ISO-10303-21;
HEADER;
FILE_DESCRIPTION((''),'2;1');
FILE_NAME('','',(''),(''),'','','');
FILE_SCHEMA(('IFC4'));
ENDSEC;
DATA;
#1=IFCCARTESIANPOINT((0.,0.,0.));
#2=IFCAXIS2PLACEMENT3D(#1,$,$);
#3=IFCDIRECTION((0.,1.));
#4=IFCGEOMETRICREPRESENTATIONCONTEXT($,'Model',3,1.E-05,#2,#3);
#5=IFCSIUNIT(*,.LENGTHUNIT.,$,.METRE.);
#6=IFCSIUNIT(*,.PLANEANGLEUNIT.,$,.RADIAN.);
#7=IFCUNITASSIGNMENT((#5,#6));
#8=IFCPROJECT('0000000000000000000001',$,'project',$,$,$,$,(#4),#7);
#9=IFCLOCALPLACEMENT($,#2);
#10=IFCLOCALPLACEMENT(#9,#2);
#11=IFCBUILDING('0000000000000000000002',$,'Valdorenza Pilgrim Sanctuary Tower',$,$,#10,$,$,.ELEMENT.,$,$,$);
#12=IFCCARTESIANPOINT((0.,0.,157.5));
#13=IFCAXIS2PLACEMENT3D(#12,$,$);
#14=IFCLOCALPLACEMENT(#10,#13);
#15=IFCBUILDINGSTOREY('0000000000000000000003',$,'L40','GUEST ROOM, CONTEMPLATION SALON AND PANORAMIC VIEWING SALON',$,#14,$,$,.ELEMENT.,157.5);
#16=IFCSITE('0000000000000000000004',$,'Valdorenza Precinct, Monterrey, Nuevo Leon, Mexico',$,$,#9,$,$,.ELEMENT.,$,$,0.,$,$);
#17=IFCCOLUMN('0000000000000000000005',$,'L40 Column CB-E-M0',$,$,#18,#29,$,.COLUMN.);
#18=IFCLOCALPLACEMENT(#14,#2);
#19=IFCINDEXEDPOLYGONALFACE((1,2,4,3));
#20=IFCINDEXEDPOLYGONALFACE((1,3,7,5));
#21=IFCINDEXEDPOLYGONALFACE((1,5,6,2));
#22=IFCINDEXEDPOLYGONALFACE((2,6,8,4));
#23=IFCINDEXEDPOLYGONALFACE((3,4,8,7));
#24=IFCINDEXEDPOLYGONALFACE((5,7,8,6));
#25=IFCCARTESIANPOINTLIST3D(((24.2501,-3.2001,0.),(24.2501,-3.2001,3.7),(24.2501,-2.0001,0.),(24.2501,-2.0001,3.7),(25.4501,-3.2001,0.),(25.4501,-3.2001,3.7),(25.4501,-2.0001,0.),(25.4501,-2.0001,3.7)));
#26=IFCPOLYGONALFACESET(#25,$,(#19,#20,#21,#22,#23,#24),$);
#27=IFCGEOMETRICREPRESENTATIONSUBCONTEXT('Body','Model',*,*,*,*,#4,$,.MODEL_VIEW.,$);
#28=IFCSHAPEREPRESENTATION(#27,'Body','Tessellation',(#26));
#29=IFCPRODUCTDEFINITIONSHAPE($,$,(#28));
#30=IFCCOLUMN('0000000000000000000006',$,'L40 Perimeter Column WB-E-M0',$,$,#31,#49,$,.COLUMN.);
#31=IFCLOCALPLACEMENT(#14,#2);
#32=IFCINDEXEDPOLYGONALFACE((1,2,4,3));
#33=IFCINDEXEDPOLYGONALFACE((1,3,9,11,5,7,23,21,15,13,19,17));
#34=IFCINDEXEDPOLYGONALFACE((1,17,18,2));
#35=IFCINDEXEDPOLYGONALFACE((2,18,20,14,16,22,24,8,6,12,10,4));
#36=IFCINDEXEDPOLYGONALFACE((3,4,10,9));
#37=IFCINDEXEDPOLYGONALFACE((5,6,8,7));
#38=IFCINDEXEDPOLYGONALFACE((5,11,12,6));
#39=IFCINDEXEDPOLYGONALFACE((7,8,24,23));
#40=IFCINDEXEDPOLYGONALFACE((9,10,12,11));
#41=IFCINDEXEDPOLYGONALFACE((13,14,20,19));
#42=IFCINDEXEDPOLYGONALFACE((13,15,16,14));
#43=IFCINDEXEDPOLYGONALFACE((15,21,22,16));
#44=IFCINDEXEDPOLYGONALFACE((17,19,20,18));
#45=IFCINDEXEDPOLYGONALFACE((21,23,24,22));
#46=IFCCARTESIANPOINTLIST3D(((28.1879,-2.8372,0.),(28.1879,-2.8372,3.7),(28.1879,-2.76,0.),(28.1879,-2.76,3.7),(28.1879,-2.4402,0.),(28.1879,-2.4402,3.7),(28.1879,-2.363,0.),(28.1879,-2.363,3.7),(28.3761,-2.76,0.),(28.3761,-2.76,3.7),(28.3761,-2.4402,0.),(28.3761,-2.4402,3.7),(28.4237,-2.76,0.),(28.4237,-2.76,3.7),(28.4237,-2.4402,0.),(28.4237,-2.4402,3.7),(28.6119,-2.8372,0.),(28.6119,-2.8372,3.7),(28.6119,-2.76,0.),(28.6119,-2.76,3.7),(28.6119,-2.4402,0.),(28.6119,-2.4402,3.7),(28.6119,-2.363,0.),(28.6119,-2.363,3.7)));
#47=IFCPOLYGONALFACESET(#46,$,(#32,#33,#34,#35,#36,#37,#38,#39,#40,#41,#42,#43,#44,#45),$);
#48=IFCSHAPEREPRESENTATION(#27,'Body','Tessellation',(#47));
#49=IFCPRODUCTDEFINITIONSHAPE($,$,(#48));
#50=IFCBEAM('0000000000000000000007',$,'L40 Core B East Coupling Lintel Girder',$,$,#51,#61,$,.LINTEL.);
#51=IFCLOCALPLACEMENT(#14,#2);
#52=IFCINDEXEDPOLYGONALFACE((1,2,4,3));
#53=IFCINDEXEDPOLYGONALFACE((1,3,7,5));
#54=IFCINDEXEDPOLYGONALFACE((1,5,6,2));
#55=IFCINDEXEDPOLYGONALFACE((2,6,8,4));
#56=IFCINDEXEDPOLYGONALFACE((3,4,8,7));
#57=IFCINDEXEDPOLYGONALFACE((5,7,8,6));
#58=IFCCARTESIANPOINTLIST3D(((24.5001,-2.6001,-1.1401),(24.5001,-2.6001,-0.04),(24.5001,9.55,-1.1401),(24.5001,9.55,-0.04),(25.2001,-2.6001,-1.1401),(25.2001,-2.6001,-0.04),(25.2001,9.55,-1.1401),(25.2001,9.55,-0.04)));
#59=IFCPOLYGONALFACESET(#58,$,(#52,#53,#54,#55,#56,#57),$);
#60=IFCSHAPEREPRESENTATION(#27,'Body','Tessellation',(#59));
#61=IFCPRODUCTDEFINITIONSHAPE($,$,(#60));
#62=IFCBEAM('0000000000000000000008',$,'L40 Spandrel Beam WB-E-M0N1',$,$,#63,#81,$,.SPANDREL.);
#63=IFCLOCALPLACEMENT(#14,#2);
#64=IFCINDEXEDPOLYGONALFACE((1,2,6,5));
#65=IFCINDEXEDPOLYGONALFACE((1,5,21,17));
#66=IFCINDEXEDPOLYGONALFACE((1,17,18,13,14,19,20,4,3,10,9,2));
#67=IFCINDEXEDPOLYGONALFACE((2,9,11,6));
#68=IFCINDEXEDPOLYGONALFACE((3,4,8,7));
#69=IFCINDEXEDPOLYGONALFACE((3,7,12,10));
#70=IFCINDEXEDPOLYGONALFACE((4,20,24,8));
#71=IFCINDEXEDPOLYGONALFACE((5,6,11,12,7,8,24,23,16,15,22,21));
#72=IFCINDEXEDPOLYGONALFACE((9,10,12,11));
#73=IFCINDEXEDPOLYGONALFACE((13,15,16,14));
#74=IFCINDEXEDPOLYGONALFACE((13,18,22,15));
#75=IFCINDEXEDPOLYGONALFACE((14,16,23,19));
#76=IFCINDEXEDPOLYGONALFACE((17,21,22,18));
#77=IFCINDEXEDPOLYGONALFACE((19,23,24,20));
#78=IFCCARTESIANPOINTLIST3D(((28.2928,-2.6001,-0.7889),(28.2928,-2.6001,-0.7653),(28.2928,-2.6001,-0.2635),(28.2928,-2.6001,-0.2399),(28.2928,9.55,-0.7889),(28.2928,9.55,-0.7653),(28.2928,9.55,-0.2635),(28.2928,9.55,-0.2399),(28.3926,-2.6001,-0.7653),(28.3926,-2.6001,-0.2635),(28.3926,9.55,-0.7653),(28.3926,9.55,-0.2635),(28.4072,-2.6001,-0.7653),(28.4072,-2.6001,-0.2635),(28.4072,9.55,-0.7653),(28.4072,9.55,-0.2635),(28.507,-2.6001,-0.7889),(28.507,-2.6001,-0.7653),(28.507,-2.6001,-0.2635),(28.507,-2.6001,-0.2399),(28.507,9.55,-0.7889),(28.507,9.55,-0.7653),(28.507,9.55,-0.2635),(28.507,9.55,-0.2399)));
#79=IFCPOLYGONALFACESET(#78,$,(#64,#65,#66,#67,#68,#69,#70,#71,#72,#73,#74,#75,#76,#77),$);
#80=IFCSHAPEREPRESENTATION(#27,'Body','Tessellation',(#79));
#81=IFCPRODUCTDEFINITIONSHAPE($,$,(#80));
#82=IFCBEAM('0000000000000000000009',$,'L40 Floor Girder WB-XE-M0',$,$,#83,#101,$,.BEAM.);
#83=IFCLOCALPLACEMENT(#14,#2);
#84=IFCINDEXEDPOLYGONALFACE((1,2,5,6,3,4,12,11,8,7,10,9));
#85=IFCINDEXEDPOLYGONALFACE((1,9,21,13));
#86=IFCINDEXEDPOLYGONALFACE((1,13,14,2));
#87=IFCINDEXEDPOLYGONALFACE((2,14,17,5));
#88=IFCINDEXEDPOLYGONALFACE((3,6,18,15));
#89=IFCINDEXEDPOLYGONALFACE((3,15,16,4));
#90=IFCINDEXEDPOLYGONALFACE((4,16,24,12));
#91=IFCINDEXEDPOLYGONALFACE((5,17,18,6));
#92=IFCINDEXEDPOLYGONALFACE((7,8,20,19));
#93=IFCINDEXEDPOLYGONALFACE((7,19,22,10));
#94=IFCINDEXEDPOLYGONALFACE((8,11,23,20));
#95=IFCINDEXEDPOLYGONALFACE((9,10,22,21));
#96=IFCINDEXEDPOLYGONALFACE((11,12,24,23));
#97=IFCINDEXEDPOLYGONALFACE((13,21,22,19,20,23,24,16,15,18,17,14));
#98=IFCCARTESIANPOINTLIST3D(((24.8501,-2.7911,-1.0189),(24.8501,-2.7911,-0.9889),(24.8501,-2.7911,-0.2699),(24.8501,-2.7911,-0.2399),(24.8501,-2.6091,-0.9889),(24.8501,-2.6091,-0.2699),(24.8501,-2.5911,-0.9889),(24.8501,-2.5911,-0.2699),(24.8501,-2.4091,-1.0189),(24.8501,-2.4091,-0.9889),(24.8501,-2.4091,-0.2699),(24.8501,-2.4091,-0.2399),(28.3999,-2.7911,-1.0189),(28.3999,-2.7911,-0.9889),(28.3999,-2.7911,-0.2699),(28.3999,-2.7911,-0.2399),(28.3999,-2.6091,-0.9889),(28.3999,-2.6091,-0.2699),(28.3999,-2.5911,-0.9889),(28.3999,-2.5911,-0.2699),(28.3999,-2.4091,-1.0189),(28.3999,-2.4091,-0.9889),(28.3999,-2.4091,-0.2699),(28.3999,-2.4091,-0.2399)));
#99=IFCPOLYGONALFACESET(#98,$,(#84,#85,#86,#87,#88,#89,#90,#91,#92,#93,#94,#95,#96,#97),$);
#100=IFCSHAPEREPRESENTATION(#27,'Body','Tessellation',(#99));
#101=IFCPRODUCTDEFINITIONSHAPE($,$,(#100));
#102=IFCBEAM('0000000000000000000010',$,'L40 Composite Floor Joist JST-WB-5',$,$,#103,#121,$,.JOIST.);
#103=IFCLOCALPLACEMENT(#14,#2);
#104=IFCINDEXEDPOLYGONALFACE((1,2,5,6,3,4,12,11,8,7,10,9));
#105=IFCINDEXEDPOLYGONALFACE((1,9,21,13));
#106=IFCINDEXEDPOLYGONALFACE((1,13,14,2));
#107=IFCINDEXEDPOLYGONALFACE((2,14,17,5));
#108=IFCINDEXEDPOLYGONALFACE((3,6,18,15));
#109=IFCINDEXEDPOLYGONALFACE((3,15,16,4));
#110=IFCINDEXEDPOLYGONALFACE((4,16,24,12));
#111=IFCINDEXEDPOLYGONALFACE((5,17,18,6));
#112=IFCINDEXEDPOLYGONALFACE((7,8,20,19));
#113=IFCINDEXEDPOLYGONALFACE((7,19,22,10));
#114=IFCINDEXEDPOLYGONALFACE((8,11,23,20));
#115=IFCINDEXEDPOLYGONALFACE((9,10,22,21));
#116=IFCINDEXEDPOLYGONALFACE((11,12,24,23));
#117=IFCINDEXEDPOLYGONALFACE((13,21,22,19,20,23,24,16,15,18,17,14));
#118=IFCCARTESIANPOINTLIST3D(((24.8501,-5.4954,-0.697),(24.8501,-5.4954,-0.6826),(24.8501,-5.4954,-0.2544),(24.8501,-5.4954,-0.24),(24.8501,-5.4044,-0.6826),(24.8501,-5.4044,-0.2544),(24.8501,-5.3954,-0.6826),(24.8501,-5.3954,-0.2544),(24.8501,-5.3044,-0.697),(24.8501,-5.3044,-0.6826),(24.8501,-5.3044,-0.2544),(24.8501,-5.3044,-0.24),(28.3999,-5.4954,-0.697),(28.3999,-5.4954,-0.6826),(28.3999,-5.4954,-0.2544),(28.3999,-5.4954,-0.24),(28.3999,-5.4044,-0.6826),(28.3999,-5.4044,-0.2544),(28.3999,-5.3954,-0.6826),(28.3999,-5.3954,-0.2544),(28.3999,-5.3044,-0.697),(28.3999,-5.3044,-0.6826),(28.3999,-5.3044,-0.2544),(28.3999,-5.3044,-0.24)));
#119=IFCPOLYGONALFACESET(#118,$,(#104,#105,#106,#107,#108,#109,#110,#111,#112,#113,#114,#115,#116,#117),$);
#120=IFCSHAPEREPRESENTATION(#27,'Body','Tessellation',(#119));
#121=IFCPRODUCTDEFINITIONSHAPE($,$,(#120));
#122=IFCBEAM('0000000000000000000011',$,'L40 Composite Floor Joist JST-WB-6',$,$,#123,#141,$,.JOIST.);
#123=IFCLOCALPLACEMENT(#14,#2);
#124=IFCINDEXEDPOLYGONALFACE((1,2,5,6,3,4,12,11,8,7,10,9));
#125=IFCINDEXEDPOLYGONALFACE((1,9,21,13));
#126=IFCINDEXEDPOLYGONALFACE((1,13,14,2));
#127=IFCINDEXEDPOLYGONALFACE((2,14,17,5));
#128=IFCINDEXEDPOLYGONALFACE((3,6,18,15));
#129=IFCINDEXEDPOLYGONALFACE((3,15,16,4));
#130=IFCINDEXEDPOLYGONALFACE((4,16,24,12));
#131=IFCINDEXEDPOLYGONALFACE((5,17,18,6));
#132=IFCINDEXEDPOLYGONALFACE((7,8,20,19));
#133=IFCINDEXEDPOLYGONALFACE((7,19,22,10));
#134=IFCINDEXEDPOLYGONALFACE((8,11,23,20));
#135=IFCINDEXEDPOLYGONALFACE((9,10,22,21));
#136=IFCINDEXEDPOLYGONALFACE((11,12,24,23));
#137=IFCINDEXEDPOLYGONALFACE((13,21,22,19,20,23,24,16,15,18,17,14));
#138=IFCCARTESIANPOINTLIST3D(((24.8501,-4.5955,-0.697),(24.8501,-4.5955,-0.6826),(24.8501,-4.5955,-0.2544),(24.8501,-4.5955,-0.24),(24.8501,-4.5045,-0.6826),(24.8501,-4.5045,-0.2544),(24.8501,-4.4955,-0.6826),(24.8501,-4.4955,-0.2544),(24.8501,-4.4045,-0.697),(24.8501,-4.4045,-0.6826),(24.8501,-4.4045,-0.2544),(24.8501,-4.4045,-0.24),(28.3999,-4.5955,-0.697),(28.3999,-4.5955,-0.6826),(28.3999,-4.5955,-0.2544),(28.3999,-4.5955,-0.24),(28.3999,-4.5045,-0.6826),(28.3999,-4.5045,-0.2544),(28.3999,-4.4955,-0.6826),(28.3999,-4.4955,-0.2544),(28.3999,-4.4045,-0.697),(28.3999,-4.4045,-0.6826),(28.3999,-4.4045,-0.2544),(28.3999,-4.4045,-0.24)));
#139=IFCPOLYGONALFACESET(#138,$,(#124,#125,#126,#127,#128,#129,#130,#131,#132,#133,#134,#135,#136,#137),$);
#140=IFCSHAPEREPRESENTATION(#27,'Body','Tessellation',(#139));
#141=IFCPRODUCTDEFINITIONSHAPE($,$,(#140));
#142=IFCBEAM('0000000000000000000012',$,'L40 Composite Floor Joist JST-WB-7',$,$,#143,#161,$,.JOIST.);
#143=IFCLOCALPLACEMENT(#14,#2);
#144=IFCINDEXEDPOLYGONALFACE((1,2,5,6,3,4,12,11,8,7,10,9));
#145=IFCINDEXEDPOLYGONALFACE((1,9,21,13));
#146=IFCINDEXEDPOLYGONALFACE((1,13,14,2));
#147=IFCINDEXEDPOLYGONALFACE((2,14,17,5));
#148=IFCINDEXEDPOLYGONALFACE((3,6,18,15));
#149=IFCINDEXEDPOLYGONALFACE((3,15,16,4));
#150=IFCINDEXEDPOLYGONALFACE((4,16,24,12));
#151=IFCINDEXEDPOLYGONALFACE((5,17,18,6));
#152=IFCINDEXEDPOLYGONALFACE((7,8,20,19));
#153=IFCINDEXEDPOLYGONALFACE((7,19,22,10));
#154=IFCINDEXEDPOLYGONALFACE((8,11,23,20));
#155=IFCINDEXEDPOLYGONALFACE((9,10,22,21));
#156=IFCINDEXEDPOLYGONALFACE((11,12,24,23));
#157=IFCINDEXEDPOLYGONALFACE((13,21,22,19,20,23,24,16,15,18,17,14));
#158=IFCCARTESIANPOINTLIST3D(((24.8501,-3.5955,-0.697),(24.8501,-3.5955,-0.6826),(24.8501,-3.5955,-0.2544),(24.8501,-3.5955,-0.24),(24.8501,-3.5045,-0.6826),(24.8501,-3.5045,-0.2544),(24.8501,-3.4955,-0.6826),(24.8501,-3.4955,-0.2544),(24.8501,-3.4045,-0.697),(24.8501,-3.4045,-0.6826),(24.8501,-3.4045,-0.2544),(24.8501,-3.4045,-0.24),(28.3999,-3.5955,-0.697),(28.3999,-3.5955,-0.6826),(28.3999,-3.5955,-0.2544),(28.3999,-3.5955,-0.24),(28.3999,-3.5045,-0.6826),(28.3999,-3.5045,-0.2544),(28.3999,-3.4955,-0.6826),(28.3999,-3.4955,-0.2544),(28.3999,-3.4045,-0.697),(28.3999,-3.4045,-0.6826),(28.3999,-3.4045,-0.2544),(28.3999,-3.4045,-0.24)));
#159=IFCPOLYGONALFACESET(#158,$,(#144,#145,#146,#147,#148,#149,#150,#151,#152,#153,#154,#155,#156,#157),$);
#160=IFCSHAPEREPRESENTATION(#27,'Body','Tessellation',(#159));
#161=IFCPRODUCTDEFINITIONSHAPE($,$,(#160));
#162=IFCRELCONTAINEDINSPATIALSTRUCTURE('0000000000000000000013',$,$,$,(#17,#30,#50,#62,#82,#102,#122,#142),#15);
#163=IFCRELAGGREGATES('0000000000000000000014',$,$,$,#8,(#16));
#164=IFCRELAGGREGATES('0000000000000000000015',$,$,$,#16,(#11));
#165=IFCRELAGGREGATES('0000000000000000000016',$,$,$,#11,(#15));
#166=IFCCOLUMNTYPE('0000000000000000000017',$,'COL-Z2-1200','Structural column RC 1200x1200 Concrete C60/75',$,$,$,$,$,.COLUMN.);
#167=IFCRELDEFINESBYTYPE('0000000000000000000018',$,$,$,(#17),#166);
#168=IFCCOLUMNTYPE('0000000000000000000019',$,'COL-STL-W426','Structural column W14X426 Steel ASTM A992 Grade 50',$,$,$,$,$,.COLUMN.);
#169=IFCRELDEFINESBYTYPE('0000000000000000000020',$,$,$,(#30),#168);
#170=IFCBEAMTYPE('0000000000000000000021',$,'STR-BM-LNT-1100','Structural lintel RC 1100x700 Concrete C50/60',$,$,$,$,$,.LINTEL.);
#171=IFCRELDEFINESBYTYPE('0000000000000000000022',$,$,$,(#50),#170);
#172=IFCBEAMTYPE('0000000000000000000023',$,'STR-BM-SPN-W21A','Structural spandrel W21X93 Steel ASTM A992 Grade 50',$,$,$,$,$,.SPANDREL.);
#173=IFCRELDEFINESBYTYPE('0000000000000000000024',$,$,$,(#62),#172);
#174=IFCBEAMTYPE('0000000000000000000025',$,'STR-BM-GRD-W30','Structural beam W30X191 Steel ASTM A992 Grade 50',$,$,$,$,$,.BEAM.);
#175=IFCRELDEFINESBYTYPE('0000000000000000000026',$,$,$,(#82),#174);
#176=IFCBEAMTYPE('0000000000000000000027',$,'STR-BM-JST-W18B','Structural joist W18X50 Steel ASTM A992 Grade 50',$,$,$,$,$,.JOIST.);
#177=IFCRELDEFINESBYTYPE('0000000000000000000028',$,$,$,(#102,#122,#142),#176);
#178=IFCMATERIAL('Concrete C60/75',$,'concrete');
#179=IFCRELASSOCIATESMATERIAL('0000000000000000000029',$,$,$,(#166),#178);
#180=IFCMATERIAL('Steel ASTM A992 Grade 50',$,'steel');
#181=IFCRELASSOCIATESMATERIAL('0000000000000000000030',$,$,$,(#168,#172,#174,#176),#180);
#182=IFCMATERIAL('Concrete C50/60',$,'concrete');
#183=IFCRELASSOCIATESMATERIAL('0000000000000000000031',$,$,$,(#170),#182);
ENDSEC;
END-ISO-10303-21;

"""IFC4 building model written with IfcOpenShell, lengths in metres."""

from ifc_helpers import new_model, si_unit, direction, frame, origin, origin_2d, place, context, subcontext, project, spatial, rectangle, i_section, extrude, source, transform, mapped, material, material_profile, profile_set, type_object, element, save


model = new_model("IFC4")

# Units and contexts
model_context = context("Model", 3, precision=1e-05, world=origin(), true_north=direction((0.0, 1.0)))
body_context = subcontext(model_context, "Body", "Model", "MODEL_VIEW")
ifc_project = project(units=[si_unit("LENGTHUNIT", "METRE"), si_unit("PLANEANGLEUNIT", "RADIAN")], contexts=[model_context])

# Site, building, storey
site_placement = place(None, origin())
site = spatial("IfcSite", under=ifc_project, at=site_placement, Name="Valdorenza Precinct, Monterrey, Nuevo Leon, Mexico", CompositionType="ELEMENT", RefElevation=0.0)
building_placement = place(site_placement, origin())
building = spatial("IfcBuilding", under=site, at=building_placement, Name="Valdorenza Pilgrim Sanctuary Tower", CompositionType="ELEMENT")
storey_placement = place(building_placement, frame((0.0, 0.0, 157.5)))
storey = spatial("IfcBuildingStorey", under=building, at=storey_placement, Name="L40", Description="GUEST ROOM, CONTEMPLATION SALON AND PANORAMIC VIEWING SALON", CompositionType="ELEMENT", Elevation=157.5)

# Columns
ifc_material_1 = material(Name="Concrete C60/75", Category="concrete")
ifc_material_profile_1 = material_profile(ifc_material_1, rectangle(XDim=1.2, YDim=1.2, at=origin_2d()), Name="RC 1200x1200")
ifc_profile_set_1 = profile_set([ifc_material_profile_1], Name="Concrete C60/75")
column_type_1 = type_object("IfcColumnType", Name="COL-Z2-1200", Description="Structural column RC 1200x1200 Concrete C60/75", PredefinedType="COLUMN", material=ifc_profile_set_1)
shared_shape_1 = source(origin(), body_context, "Body", "SweptSolid", [
    extrude(rectangle(XDim=1.2, YDim=1.2, at=origin_2d()), origin(), (0.0, 0.0, 1.0), 3.7),
])
column_1_placement = place(storey_placement, frame((24.8501, -2.6001, 0.0), z_axis=(0.0, 0.0, 1.0), x_axis=(1.0, 0.0, 0.0)))
element("IfcColumn", 1, at=column_1_placement, inside=storey, type_object=column_type_1, Name="L40 Column CB-E-M0", PredefinedType="COLUMN", context=body_context, shape_type="MappedRepresentation", body=[
    mapped(shared_shape_1, transform((0.0, 0.0, 0.0), x_axis=(1.0, 0.0, 0.0), y_axis=(0.0, 1.0, 0.0), z_axis=(0.0, 0.0, 1.0), scale=1.0)),
])
ifc_material_2 = material(Name="Steel ASTM A992 Grade 50", Category="steel")
ifc_material_profile_2 = material_profile(ifc_material_2, i_section(OverallWidth=0.4241, OverallDepth=0.4741, WebThickness=0.0476, FlangeThickness=0.0771, at=origin_2d()), Name="W14X426")
ifc_profile_set_2 = profile_set([ifc_material_profile_2], Name="Steel ASTM A992 Grade 50")
column_type_2 = type_object("IfcColumnType", Name="COL-STL-W426", Description="Structural column W14X426 Steel ASTM A992 Grade 50", PredefinedType="COLUMN", material=ifc_profile_set_2)
shared_shape_2 = source(origin(), body_context, "Body", "SweptSolid", [
    extrude(i_section(OverallWidth=0.4241, OverallDepth=0.4741, WebThickness=0.0476, FlangeThickness=0.0771, at=origin_2d()), origin(), (0.0, 0.0, 1.0), 3.7),
])
column_2_placement = place(storey_placement, frame((28.3999, -2.6001, 0.0), z_axis=(0.0, 0.0, 1.0), x_axis=(1.0, 0.0, 0.0)))
element("IfcColumn", 2, at=column_2_placement, inside=storey, type_object=column_type_2, Name="L40 Perimeter Column WB-E-M0", PredefinedType="COLUMN", context=body_context, shape_type="MappedRepresentation", body=[
    mapped(shared_shape_2, transform((0.0, 0.0, 0.0), x_axis=(1.0, 0.0, 0.0), y_axis=(0.0, 1.0, 0.0), z_axis=(0.0, 0.0, 1.0), scale=1.0)),
])

# Beams
ifc_material_3 = material(Name="Concrete C50/60", Category="concrete")
ifc_material_profile_3 = material_profile(ifc_material_3, rectangle(XDim=0.7, YDim=1.1001, at=origin_2d()), Name="RC 1100x700")
ifc_profile_set_3 = profile_set([ifc_material_profile_3], Name="Concrete C50/60")
beam_type_1 = type_object("IfcBeamType", Name="STR-BM-LNT-1100", Description="Structural lintel RC 1100x700 Concrete C50/60", PredefinedType="LINTEL", material=ifc_profile_set_3)
shared_shape_3 = source(origin(), body_context, "Body", "SweptSolid", [
    extrude(rectangle(XDim=0.7, YDim=1.1001, at=origin_2d()), origin(), (0.0, 0.0, 1.0), 12.1501),
])
beam_1_placement = place(storey_placement, frame((24.8501, -2.6001, -0.5901), z_axis=(0.0, 1.0, 0.0), x_axis=(-1.0, 0.0, 0.0)))
element("IfcBeam", 3, at=beam_1_placement, inside=storey, type_object=beam_type_1, Name="L40 Core B East Coupling Lintel Girder", PredefinedType="LINTEL", context=body_context, shape_type="MappedRepresentation", body=[
    mapped(shared_shape_3, transform((0.0, 0.0, 0.0), x_axis=(1.0, 0.0, 0.0), y_axis=(0.0, 1.0, 0.0), z_axis=(0.0, 0.0, 1.0), scale=1.0)),
])
ifc_material_profile_4 = material_profile(ifc_material_2, i_section(OverallWidth=0.2141, OverallDepth=0.5491, WebThickness=0.0146, FlangeThickness=0.0237, at=origin_2d()), Name="W21X93")
ifc_profile_set_4 = profile_set([ifc_material_profile_4], Name="Steel ASTM A992 Grade 50")
beam_type_2 = type_object("IfcBeamType", Name="STR-BM-SPN-W21A", Description="Structural spandrel W21X93 Steel ASTM A992 Grade 50", PredefinedType="SPANDREL", material=ifc_profile_set_4)
shared_shape_4 = source(origin(), body_context, "Body", "SweptSolid", [
    extrude(i_section(OverallWidth=0.2141, OverallDepth=0.5491, WebThickness=0.0146, FlangeThickness=0.0237, at=origin_2d()), origin(), (0.0, 0.0, 1.0), 12.1501),
])
beam_2_placement = place(storey_placement, frame((28.3999, -2.6001, -0.5144), z_axis=(0.0, 1.0, 0.0), x_axis=(-1.0, 0.0, 0.0)))
element("IfcBeam", 4, at=beam_2_placement, inside=storey, type_object=beam_type_2, Name="L40 Spandrel Beam WB-E-M0N1", PredefinedType="SPANDREL", context=body_context, shape_type="MappedRepresentation", body=[
    mapped(shared_shape_4, transform((0.0, 0.0, 0.0), x_axis=(1.0, 0.0, 0.0), y_axis=(0.0, 1.0, 0.0), z_axis=(0.0, 0.0, 1.0), scale=1.0)),
])
ifc_material_profile_5 = material_profile(ifc_material_2, i_section(OverallWidth=0.3821, OverallDepth=0.7791, WebThickness=0.0181, FlangeThickness=0.03, at=origin_2d()), Name="W30X191")
ifc_profile_set_5 = profile_set([ifc_material_profile_5], Name="Steel ASTM A992 Grade 50")
beam_type_3 = type_object("IfcBeamType", Name="STR-BM-GRD-W30", Description="Structural beam W30X191 Steel ASTM A992 Grade 50", PredefinedType="BEAM", material=ifc_profile_set_5)
shared_shape_5 = source(origin(), body_context, "Body", "SweptSolid", [
    extrude(i_section(OverallWidth=0.3821, OverallDepth=0.7791, WebThickness=0.0181, FlangeThickness=0.03, at=origin_2d()), origin(), (0.0, 0.0, 1.0), 3.5498),
])
beam_3_placement = place(storey_placement, frame((24.8501, -2.6001, -0.6294), z_axis=(1.0, 0.0, 0.0), x_axis=(0.0, 1.0, 0.0)))
element("IfcBeam", 5, at=beam_3_placement, inside=storey, type_object=beam_type_3, Name="L40 Floor Girder WB-XE-M0", PredefinedType="BEAM", context=body_context, shape_type="MappedRepresentation", body=[
    mapped(shared_shape_5, transform((0.0, 0.0, 0.0), x_axis=(1.0, 0.0, 0.0), y_axis=(0.0, 1.0, 0.0), z_axis=(0.0, 0.0, 1.0), scale=1.0)),
])
ifc_material_profile_6 = material_profile(ifc_material_2, i_section(OverallWidth=0.1909, OverallDepth=0.457, WebThickness=0.009, FlangeThickness=0.0144, at=origin_2d()), Name="W18X50")
ifc_profile_set_6 = profile_set([ifc_material_profile_6], Name="Steel ASTM A992 Grade 50")
beam_type_4 = type_object("IfcBeamType", Name="STR-BM-JST-W18B", Description="Structural joist W18X50 Steel ASTM A992 Grade 50", PredefinedType="JOIST", material=ifc_profile_set_6)
shared_shape_6 = source(origin(), body_context, "Body", "SweptSolid", [
    extrude(i_section(OverallWidth=0.1909, OverallDepth=0.457, WebThickness=0.009, FlangeThickness=0.0144, at=origin_2d()), origin(), (0.0, 0.0, 1.0), 3.5498),
])
for number, where, z_axis, x_axis, name in (
    (6, (24.8501, -5.3999, -0.4685), (1.0, 0.0, 0.0), (0.0, 1.0, 0.0), "L40 Composite Floor Joist JST-WB-5"),
    (7, (24.8501, -4.5, -0.4685), (1.0, 0.0, 0.0), (0.0, 1.0, 0.0), "L40 Composite Floor Joist JST-WB-6"),
    (8, (24.8501, -3.5, -0.4685), (1.0, 0.0, 0.0), (0.0, 1.0, 0.0), "L40 Composite Floor Joist JST-WB-7"),
):
    element("IfcBeam", number, at=place(storey_placement, frame(where, z_axis=z_axis, x_axis=x_axis)), inside=storey, type_object=beam_type_4, Name=name, PredefinedType="JOIST", context=body_context, shape_type="MappedRepresentation", body=[
        mapped(shared_shape_6, transform((0.0, 0.0, 0.0), x_axis=(1.0, 0.0, 0.0), y_axis=(0.0, 1.0, 0.0), z_axis=(0.0, 0.0, 1.0), scale=1.0)),
    ])

save(model, "model.ifc")
